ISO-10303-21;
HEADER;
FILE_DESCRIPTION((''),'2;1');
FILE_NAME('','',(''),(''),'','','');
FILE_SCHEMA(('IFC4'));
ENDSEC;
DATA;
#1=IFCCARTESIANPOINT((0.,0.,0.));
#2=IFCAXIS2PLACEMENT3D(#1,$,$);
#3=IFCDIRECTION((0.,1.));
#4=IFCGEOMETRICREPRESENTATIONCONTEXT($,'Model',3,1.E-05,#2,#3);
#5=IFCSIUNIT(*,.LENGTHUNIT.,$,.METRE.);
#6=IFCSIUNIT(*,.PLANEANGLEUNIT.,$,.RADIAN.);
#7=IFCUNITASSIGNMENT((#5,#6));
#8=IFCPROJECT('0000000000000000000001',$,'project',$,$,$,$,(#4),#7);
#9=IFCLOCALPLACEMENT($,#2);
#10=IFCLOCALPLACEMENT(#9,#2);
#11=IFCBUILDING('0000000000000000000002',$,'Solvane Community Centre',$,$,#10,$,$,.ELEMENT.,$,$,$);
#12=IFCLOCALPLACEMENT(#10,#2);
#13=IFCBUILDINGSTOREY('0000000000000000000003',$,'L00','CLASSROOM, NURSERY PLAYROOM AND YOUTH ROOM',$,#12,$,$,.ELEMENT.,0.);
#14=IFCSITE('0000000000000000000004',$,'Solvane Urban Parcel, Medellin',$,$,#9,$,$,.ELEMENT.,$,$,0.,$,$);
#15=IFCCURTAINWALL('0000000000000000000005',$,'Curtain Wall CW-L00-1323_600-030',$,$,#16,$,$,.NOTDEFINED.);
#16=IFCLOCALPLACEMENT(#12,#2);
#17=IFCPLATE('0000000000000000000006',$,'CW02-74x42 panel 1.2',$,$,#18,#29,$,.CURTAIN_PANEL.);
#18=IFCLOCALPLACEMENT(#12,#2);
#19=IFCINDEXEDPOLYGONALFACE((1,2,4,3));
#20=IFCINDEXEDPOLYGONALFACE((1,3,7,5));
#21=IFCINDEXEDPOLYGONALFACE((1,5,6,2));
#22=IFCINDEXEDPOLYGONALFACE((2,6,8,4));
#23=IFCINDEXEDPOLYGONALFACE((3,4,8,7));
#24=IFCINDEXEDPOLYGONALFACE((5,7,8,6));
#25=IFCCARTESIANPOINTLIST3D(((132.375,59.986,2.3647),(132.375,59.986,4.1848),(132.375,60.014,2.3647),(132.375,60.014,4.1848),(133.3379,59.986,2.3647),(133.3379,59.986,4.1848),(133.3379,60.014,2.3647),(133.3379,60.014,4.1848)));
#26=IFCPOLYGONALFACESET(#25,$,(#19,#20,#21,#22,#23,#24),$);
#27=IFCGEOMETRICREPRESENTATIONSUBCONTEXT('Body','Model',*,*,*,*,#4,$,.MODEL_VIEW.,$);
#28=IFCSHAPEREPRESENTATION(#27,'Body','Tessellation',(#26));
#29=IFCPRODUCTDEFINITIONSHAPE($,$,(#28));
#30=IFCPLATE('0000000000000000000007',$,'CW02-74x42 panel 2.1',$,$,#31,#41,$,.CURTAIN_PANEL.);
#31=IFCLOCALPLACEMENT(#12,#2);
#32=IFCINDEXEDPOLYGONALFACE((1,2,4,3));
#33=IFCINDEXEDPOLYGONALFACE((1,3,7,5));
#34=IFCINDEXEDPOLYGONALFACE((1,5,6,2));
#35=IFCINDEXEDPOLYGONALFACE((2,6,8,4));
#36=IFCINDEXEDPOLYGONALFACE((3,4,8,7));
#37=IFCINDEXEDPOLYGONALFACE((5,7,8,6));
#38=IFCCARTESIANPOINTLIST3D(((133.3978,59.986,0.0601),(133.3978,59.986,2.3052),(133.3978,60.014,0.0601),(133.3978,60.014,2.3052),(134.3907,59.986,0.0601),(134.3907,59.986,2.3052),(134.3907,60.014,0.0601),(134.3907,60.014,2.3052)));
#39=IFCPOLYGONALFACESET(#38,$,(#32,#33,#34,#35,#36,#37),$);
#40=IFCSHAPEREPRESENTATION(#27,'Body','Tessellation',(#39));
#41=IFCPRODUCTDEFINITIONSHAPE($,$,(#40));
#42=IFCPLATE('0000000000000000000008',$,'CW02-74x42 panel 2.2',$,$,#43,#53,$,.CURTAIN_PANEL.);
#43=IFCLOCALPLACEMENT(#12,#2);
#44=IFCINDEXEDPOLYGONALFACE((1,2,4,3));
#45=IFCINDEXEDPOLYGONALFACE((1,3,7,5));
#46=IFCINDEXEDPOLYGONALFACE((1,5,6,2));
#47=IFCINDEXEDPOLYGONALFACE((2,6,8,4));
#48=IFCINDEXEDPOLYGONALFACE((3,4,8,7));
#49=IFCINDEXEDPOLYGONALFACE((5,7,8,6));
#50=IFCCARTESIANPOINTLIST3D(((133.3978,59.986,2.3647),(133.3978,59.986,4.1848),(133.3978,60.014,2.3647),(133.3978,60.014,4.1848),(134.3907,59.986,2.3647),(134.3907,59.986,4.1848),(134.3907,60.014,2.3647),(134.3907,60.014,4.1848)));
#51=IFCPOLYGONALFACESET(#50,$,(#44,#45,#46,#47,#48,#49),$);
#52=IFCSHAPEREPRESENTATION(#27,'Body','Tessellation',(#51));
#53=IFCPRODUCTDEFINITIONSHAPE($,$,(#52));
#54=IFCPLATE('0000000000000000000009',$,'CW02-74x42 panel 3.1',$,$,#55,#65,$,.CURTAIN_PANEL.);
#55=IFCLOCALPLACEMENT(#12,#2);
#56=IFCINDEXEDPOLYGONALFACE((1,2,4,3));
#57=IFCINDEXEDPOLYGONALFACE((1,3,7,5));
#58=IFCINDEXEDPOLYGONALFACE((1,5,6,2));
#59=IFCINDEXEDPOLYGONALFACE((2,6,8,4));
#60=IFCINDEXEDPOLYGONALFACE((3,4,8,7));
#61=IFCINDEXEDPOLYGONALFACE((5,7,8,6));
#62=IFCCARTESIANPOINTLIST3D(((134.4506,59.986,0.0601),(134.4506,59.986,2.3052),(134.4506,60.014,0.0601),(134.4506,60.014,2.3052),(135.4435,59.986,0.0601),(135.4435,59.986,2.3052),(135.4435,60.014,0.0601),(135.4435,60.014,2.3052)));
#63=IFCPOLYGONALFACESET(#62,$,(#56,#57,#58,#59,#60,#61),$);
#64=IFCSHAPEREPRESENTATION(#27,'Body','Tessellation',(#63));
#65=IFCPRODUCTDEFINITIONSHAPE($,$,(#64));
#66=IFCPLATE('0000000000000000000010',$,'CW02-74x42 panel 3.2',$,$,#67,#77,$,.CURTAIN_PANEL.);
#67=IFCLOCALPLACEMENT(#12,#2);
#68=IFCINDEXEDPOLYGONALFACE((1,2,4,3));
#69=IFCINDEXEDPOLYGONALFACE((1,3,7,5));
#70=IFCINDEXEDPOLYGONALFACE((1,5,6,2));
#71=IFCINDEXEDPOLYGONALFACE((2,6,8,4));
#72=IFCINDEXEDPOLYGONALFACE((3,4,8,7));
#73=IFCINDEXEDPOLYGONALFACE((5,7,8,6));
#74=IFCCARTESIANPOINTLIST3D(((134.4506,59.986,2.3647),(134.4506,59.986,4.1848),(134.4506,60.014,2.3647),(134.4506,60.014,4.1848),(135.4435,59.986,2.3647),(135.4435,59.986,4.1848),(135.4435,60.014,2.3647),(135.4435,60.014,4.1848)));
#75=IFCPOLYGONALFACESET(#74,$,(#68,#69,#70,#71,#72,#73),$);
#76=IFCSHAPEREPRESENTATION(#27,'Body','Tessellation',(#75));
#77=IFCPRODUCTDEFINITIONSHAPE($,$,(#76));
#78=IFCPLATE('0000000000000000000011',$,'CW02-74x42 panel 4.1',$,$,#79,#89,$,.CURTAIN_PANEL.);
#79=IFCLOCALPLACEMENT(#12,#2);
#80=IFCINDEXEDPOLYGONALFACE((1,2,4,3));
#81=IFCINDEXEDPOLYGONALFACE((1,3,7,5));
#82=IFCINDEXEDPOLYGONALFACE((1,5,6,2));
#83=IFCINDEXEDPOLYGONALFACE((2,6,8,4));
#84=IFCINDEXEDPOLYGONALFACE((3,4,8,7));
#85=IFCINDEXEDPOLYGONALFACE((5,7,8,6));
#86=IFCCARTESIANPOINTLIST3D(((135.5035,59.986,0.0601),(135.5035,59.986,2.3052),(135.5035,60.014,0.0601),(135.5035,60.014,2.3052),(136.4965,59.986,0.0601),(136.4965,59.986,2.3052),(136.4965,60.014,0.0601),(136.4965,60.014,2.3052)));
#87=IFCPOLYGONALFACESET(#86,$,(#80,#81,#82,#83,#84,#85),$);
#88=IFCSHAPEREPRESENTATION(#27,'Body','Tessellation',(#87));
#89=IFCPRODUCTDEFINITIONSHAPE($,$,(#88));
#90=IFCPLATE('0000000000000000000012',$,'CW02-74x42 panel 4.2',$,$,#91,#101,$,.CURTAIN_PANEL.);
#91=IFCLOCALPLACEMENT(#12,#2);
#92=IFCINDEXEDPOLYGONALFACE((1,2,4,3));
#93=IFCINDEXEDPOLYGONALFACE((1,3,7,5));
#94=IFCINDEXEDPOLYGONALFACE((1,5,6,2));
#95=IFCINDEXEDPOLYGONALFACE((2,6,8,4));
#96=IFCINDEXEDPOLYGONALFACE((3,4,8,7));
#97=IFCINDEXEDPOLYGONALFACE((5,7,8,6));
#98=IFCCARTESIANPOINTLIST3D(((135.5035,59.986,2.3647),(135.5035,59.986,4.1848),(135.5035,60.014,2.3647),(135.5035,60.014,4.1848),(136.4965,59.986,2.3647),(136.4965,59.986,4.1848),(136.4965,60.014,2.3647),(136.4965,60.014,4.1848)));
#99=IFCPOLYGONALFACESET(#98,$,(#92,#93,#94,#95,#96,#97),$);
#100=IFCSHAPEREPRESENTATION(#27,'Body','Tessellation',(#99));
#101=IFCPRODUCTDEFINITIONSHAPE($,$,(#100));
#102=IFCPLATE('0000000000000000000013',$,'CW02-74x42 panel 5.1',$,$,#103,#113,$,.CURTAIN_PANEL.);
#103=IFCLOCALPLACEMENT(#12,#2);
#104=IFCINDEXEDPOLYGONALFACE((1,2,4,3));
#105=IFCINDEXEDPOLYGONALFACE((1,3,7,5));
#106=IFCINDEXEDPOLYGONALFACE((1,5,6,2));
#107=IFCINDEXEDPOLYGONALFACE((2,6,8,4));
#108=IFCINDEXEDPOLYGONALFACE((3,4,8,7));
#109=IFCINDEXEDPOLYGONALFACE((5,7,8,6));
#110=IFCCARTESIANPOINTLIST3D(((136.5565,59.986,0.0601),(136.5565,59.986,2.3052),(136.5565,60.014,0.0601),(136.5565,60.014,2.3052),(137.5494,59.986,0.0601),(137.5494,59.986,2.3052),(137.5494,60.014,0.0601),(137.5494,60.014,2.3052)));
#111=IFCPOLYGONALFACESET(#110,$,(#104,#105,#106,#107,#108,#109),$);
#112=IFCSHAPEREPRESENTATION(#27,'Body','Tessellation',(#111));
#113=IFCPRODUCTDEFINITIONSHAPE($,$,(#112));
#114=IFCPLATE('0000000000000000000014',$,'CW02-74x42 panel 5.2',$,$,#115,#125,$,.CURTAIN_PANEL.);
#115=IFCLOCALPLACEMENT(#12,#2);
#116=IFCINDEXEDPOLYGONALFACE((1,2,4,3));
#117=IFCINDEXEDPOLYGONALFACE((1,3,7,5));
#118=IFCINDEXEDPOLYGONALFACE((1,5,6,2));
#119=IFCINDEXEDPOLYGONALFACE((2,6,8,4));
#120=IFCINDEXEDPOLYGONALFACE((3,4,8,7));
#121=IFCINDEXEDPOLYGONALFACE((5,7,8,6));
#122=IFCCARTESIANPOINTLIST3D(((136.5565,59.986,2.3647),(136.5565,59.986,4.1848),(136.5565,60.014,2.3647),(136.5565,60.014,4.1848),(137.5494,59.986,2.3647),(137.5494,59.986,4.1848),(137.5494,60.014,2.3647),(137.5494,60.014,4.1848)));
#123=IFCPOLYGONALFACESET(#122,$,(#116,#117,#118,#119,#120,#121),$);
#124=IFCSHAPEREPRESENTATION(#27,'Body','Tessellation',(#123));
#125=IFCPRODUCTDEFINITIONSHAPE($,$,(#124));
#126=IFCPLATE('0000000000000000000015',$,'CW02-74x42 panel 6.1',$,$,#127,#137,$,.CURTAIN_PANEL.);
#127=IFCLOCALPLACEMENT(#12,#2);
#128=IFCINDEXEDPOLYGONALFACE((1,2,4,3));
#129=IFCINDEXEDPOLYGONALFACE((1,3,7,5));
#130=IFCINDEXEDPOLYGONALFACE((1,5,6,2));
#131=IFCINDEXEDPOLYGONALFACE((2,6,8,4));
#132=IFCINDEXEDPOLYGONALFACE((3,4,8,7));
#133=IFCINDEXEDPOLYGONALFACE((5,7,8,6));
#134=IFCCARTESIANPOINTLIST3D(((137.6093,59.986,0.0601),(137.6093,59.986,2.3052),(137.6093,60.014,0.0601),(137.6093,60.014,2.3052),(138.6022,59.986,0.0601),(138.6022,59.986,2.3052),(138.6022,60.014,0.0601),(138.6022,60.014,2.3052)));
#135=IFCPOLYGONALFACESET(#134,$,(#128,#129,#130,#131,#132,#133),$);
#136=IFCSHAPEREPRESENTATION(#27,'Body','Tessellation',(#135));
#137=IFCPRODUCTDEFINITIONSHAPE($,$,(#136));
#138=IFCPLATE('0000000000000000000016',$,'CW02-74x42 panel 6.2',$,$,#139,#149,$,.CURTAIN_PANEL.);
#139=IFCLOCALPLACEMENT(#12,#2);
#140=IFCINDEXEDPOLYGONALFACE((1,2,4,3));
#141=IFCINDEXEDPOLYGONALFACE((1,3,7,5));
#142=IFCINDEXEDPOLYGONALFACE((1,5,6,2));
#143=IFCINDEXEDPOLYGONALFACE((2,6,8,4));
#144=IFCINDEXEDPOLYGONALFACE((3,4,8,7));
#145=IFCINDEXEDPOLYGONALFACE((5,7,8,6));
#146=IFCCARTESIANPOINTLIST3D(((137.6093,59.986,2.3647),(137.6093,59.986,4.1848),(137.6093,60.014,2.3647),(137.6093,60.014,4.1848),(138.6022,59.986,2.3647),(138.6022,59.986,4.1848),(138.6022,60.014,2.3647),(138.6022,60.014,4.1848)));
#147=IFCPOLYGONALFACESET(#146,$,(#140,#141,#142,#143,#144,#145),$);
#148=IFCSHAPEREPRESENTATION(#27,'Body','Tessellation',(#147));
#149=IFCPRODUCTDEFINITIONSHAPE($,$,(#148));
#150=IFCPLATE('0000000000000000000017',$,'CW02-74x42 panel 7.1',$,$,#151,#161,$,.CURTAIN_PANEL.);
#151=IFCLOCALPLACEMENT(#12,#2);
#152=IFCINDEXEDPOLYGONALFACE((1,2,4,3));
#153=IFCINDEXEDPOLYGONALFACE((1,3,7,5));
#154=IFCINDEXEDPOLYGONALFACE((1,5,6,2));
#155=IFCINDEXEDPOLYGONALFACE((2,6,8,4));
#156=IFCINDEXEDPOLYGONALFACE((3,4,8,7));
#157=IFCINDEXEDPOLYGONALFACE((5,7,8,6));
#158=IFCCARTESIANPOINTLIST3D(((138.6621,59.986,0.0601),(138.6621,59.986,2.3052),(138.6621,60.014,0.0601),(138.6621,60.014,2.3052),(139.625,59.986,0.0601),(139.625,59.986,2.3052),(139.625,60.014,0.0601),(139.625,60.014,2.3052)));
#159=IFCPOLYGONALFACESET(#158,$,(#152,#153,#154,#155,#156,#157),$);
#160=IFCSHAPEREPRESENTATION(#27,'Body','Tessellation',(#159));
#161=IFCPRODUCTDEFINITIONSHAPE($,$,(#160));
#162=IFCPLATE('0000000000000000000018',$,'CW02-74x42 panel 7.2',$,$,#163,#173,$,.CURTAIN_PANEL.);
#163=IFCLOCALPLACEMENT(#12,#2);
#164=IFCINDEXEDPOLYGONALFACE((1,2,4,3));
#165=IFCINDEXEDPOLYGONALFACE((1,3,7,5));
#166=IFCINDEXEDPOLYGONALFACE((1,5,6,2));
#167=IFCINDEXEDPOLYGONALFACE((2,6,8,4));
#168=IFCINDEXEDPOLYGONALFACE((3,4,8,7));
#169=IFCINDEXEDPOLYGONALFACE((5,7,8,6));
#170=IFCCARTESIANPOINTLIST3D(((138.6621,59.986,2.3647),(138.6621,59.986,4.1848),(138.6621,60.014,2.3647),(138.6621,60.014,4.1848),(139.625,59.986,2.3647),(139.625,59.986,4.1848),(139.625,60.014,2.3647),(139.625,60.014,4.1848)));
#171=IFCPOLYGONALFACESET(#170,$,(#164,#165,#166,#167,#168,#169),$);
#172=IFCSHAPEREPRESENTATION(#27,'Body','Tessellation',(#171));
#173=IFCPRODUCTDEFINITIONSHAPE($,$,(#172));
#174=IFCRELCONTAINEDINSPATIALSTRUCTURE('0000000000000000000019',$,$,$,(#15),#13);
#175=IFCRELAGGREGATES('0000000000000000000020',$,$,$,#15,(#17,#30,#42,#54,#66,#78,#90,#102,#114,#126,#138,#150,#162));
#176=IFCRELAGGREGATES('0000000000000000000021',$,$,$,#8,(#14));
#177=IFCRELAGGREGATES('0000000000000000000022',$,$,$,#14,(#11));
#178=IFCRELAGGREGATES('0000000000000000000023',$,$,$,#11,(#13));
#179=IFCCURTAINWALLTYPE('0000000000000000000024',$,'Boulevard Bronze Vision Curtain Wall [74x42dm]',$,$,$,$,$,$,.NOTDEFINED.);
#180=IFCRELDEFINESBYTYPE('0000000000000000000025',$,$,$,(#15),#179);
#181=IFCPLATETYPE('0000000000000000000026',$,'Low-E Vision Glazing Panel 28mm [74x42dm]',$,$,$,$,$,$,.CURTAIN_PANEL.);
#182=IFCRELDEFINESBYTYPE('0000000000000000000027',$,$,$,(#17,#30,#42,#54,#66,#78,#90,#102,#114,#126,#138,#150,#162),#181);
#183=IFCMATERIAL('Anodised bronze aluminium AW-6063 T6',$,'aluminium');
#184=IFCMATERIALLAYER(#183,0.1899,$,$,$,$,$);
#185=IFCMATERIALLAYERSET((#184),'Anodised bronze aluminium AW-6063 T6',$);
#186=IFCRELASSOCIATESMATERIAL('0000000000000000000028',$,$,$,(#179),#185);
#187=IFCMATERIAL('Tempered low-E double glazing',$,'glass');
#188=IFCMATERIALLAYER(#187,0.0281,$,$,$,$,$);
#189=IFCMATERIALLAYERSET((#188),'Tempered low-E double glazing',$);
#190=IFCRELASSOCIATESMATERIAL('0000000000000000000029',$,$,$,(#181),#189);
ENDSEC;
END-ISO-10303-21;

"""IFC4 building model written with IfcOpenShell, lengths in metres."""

from ifc_helpers import new_model, si_unit, direction, frame, origin, origin_2d, place, context, subcontext, project, spatial, rectangle, extrude, material, layer, layer_set, type_object, element, aggregate, save


model = new_model("IFC4")

# Units and contexts
model_context = context("Model", 3, precision=1e-05, world=origin(), true_north=direction((0.0, 1.0)))
body_context = subcontext(model_context, "Body", "Model", "MODEL_VIEW")
ifc_project = project(units=[si_unit("LENGTHUNIT", "METRE"), si_unit("PLANEANGLEUNIT", "RADIAN")], contexts=[model_context])

# Site, building, storey
site_placement = place(None, origin())
site = spatial("IfcSite", under=ifc_project, at=site_placement, Name="Solvane Urban Parcel, Medellin", CompositionType="ELEMENT", RefElevation=0.0)
building_placement = place(site_placement, origin())
building = spatial("IfcBuilding", under=site, at=building_placement, Name="Solvane Community Centre", CompositionType="ELEMENT")
storey_placement = place(building_placement, origin())
storey = spatial("IfcBuildingStorey", under=building, at=storey_placement, Name="L00", Description="CLASSROOM, NURSERY PLAYROOM AND YOUTH ROOM", CompositionType="ELEMENT", Elevation=0.0)

# Curtain wall, plates
ifc_material_1 = material(Name="Anodised bronze aluminium AW-6063 T6", Category="aluminium")
ifc_layer_1 = layer(ifc_material_1, 0.1899)
ifc_layer_set_1 = layer_set([ifc_layer_1], Name="Anodised bronze aluminium AW-6063 T6")
curtain_wall_type = type_object("IfcCurtainWallType", Name="Boulevard Bronze Vision Curtain Wall [74x42dm]", PredefinedType="NOTDEFINED", material=ifc_layer_set_1)
curtain_wall_placement = place(storey_placement, origin())
curtain_wall = element("IfcCurtainWall", 1, at=curtain_wall_placement, inside=storey, type_object=curtain_wall_type, Name="Curtain Wall CW-L00-1323_600-030", PredefinedType="NOTDEFINED")
ifc_material_2 = material(Name="Tempered low-E double glazing", Category="glass")
ifc_layer_2 = layer(ifc_material_2, 0.0281)
ifc_layer_set_2 = layer_set([ifc_layer_2], Name="Tempered low-E double glazing")
plate_type = type_object("IfcPlateType", Name="Low-E Vision Glazing Panel 28mm [74x42dm]", PredefinedType="CURTAIN_PANEL", material=ifc_layer_set_2)
plate_1_placement = place(storey_placement, frame((132.8564, 60.0, 2.3647), z_axis=(0.0, 0.0, 1.0), x_axis=(1.0, 0.0, 0.0)))
plate_1 = element("IfcPlate", 2, at=plate_1_placement, type_object=plate_type, Name="CW02-74x42 panel 1.2", PredefinedType="CURTAIN_PANEL", context=body_context, shape_type="SweptSolid", body=[
    extrude(rectangle(XDim=0.9629, YDim=0.0281, at=origin_2d()), origin(), (0.0, 0.0, 1.0), 1.8201),
])
plate_2_placement = place(storey_placement, frame((133.8943, 60.0, 0.0601), z_axis=(0.0, 0.0, 1.0), x_axis=(1.0, 0.0, 0.0)))
plate_2 = element("IfcPlate", 3, at=plate_2_placement, type_object=plate_type, Name="CW02-74x42 panel 2.1", PredefinedType="CURTAIN_PANEL", context=body_context, shape_type="SweptSolid", body=[
    extrude(rectangle(XDim=0.9929, YDim=0.0281, at=origin_2d()), origin(), (0.0, 0.0, 1.0), 2.2451),
])
plate_3_placement = place(storey_placement, frame((133.8943, 60.0, 2.3647), z_axis=(0.0, 0.0, 1.0), x_axis=(1.0, 0.0, 0.0)))
plate_3 = element("IfcPlate", 4, at=plate_3_placement, type_object=plate_type, Name="CW02-74x42 panel 2.2", PredefinedType="CURTAIN_PANEL", context=body_context, shape_type="SweptSolid", body=[
    extrude(rectangle(XDim=0.9929, YDim=0.0281, at=origin_2d()), origin(), (0.0, 0.0, 1.0), 1.8201),
])
plate_4_placement = place(storey_placement, frame((134.947, 60.0, 0.0601), z_axis=(0.0, 0.0, 1.0), x_axis=(1.0, 0.0, 0.0)))
plate_4 = element("IfcPlate", 5, at=plate_4_placement, type_object=plate_type, Name="CW02-74x42 panel 3.1", PredefinedType="CURTAIN_PANEL", context=body_context, shape_type="SweptSolid", body=[
    extrude(rectangle(XDim=0.9929, YDim=0.0281, at=origin_2d()), origin(), (0.0, 0.0, 1.0), 2.2451),
])
plate_5_placement = place(storey_placement, frame((134.947, 60.0, 2.3647), z_axis=(0.0, 0.0, 1.0), x_axis=(1.0, 0.0, 0.0)))
plate_5 = element("IfcPlate", 6, at=plate_5_placement, type_object=plate_type, Name="CW02-74x42 panel 3.2", PredefinedType="CURTAIN_PANEL", context=body_context, shape_type="SweptSolid", body=[
    extrude(rectangle(XDim=0.9929, YDim=0.0281, at=origin_2d()), origin(), (0.0, 0.0, 1.0), 1.8201),
])
plate_6_placement = place(storey_placement, frame((136.0, 60.0, 0.0601), z_axis=(0.0, 0.0, 1.0), x_axis=(1.0, 0.0, 0.0)))
plate_6 = element("IfcPlate", 7, at=plate_6_placement, type_object=plate_type, Name="CW02-74x42 panel 4.1", PredefinedType="CURTAIN_PANEL", context=body_context, shape_type="SweptSolid", body=[
    extrude(rectangle(XDim=0.9929, YDim=0.0281, at=origin_2d()), origin(), (0.0, 0.0, 1.0), 2.2451),
])
plate_7_placement = place(storey_placement, frame((136.0, 60.0, 2.3647), z_axis=(0.0, 0.0, 1.0), x_axis=(1.0, 0.0, 0.0)))
plate_7 = element("IfcPlate", 8, at=plate_7_placement, type_object=plate_type, Name="CW02-74x42 panel 4.2", PredefinedType="CURTAIN_PANEL", context=body_context, shape_type="SweptSolid", body=[
    extrude(rectangle(XDim=0.9929, YDim=0.0281, at=origin_2d()), origin(), (0.0, 0.0, 1.0), 1.8201),
])
plate_8_placement = place(storey_placement, frame((137.053, 60.0, 0.0601), z_axis=(0.0, 0.0, 1.0), x_axis=(1.0, 0.0, 0.0)))
plate_8 = element("IfcPlate", 9, at=plate_8_placement, type_object=plate_type, Name="CW02-74x42 panel 5.1", PredefinedType="CURTAIN_PANEL", context=body_context, shape_type="SweptSolid", body=[
    extrude(rectangle(XDim=0.9929, YDim=0.0281, at=origin_2d()), origin(), (0.0, 0.0, 1.0), 2.2451),
])
plate_9_placement = place(storey_placement, frame((137.053, 60.0, 2.3647), z_axis=(0.0, 0.0, 1.0), x_axis=(1.0, 0.0, 0.0)))
plate_9 = element("IfcPlate", 10, at=plate_9_placement, type_object=plate_type, Name="CW02-74x42 panel 5.2", PredefinedType="CURTAIN_PANEL", context=body_context, shape_type="SweptSolid", body=[
    extrude(rectangle(XDim=0.9929, YDim=0.0281, at=origin_2d()), origin(), (0.0, 0.0, 1.0), 1.8201),
])
plate_10_placement = place(storey_placement, frame((138.1057, 60.0, 0.0601), z_axis=(0.0, 0.0, 1.0), x_axis=(1.0, 0.0, 0.0)))
plate_10 = element("IfcPlate", 11, at=plate_10_placement, type_object=plate_type, Name="CW02-74x42 panel 6.1", PredefinedType="CURTAIN_PANEL", context=body_context, shape_type="SweptSolid", body=[
    extrude(rectangle(XDim=0.9929, YDim=0.0281, at=origin_2d()), origin(), (0.0, 0.0, 1.0), 2.2451),
])
plate_11_placement = place(storey_placement, frame((138.1057, 60.0, 2.3647), z_axis=(0.0, 0.0, 1.0), x_axis=(1.0, 0.0, 0.0)))
plate_11 = element("IfcPlate", 12, at=plate_11_placement, type_object=plate_type, Name="CW02-74x42 panel 6.2", PredefinedType="CURTAIN_PANEL", context=body_context, shape_type="SweptSolid", body=[
    extrude(rectangle(XDim=0.9929, YDim=0.0281, at=origin_2d()), origin(), (0.0, 0.0, 1.0), 1.8201),
])
plate_12_placement = place(storey_placement, frame((139.1436, 60.0, 0.0601), z_axis=(0.0, 0.0, 1.0), x_axis=(1.0, 0.0, 0.0)))
plate_12 = element("IfcPlate", 13, at=plate_12_placement, type_object=plate_type, Name="CW02-74x42 panel 7.1", PredefinedType="CURTAIN_PANEL", context=body_context, shape_type="SweptSolid", body=[
    extrude(rectangle(XDim=0.9629, YDim=0.0281, at=origin_2d()), origin(), (0.0, 0.0, 1.0), 2.2451),
])
plate_13_placement = place(storey_placement, frame((139.1436, 60.0, 2.3647), z_axis=(0.0, 0.0, 1.0), x_axis=(1.0, 0.0, 0.0)))
plate_13 = element("IfcPlate", 14, at=plate_13_placement, type_object=plate_type, Name="CW02-74x42 panel 7.2", PredefinedType="CURTAIN_PANEL", context=body_context, shape_type="SweptSolid", body=[
    extrude(rectangle(XDim=0.9629, YDim=0.0281, at=origin_2d()), origin(), (0.0, 0.0, 1.0), 1.8201),
])
aggregate(curtain_wall, [plate_1, plate_2, plate_3, plate_4, plate_5, plate_6, plate_7, plate_8, plate_9, plate_10, plate_11, plate_12, plate_13])

save(model, "model.ifc")
